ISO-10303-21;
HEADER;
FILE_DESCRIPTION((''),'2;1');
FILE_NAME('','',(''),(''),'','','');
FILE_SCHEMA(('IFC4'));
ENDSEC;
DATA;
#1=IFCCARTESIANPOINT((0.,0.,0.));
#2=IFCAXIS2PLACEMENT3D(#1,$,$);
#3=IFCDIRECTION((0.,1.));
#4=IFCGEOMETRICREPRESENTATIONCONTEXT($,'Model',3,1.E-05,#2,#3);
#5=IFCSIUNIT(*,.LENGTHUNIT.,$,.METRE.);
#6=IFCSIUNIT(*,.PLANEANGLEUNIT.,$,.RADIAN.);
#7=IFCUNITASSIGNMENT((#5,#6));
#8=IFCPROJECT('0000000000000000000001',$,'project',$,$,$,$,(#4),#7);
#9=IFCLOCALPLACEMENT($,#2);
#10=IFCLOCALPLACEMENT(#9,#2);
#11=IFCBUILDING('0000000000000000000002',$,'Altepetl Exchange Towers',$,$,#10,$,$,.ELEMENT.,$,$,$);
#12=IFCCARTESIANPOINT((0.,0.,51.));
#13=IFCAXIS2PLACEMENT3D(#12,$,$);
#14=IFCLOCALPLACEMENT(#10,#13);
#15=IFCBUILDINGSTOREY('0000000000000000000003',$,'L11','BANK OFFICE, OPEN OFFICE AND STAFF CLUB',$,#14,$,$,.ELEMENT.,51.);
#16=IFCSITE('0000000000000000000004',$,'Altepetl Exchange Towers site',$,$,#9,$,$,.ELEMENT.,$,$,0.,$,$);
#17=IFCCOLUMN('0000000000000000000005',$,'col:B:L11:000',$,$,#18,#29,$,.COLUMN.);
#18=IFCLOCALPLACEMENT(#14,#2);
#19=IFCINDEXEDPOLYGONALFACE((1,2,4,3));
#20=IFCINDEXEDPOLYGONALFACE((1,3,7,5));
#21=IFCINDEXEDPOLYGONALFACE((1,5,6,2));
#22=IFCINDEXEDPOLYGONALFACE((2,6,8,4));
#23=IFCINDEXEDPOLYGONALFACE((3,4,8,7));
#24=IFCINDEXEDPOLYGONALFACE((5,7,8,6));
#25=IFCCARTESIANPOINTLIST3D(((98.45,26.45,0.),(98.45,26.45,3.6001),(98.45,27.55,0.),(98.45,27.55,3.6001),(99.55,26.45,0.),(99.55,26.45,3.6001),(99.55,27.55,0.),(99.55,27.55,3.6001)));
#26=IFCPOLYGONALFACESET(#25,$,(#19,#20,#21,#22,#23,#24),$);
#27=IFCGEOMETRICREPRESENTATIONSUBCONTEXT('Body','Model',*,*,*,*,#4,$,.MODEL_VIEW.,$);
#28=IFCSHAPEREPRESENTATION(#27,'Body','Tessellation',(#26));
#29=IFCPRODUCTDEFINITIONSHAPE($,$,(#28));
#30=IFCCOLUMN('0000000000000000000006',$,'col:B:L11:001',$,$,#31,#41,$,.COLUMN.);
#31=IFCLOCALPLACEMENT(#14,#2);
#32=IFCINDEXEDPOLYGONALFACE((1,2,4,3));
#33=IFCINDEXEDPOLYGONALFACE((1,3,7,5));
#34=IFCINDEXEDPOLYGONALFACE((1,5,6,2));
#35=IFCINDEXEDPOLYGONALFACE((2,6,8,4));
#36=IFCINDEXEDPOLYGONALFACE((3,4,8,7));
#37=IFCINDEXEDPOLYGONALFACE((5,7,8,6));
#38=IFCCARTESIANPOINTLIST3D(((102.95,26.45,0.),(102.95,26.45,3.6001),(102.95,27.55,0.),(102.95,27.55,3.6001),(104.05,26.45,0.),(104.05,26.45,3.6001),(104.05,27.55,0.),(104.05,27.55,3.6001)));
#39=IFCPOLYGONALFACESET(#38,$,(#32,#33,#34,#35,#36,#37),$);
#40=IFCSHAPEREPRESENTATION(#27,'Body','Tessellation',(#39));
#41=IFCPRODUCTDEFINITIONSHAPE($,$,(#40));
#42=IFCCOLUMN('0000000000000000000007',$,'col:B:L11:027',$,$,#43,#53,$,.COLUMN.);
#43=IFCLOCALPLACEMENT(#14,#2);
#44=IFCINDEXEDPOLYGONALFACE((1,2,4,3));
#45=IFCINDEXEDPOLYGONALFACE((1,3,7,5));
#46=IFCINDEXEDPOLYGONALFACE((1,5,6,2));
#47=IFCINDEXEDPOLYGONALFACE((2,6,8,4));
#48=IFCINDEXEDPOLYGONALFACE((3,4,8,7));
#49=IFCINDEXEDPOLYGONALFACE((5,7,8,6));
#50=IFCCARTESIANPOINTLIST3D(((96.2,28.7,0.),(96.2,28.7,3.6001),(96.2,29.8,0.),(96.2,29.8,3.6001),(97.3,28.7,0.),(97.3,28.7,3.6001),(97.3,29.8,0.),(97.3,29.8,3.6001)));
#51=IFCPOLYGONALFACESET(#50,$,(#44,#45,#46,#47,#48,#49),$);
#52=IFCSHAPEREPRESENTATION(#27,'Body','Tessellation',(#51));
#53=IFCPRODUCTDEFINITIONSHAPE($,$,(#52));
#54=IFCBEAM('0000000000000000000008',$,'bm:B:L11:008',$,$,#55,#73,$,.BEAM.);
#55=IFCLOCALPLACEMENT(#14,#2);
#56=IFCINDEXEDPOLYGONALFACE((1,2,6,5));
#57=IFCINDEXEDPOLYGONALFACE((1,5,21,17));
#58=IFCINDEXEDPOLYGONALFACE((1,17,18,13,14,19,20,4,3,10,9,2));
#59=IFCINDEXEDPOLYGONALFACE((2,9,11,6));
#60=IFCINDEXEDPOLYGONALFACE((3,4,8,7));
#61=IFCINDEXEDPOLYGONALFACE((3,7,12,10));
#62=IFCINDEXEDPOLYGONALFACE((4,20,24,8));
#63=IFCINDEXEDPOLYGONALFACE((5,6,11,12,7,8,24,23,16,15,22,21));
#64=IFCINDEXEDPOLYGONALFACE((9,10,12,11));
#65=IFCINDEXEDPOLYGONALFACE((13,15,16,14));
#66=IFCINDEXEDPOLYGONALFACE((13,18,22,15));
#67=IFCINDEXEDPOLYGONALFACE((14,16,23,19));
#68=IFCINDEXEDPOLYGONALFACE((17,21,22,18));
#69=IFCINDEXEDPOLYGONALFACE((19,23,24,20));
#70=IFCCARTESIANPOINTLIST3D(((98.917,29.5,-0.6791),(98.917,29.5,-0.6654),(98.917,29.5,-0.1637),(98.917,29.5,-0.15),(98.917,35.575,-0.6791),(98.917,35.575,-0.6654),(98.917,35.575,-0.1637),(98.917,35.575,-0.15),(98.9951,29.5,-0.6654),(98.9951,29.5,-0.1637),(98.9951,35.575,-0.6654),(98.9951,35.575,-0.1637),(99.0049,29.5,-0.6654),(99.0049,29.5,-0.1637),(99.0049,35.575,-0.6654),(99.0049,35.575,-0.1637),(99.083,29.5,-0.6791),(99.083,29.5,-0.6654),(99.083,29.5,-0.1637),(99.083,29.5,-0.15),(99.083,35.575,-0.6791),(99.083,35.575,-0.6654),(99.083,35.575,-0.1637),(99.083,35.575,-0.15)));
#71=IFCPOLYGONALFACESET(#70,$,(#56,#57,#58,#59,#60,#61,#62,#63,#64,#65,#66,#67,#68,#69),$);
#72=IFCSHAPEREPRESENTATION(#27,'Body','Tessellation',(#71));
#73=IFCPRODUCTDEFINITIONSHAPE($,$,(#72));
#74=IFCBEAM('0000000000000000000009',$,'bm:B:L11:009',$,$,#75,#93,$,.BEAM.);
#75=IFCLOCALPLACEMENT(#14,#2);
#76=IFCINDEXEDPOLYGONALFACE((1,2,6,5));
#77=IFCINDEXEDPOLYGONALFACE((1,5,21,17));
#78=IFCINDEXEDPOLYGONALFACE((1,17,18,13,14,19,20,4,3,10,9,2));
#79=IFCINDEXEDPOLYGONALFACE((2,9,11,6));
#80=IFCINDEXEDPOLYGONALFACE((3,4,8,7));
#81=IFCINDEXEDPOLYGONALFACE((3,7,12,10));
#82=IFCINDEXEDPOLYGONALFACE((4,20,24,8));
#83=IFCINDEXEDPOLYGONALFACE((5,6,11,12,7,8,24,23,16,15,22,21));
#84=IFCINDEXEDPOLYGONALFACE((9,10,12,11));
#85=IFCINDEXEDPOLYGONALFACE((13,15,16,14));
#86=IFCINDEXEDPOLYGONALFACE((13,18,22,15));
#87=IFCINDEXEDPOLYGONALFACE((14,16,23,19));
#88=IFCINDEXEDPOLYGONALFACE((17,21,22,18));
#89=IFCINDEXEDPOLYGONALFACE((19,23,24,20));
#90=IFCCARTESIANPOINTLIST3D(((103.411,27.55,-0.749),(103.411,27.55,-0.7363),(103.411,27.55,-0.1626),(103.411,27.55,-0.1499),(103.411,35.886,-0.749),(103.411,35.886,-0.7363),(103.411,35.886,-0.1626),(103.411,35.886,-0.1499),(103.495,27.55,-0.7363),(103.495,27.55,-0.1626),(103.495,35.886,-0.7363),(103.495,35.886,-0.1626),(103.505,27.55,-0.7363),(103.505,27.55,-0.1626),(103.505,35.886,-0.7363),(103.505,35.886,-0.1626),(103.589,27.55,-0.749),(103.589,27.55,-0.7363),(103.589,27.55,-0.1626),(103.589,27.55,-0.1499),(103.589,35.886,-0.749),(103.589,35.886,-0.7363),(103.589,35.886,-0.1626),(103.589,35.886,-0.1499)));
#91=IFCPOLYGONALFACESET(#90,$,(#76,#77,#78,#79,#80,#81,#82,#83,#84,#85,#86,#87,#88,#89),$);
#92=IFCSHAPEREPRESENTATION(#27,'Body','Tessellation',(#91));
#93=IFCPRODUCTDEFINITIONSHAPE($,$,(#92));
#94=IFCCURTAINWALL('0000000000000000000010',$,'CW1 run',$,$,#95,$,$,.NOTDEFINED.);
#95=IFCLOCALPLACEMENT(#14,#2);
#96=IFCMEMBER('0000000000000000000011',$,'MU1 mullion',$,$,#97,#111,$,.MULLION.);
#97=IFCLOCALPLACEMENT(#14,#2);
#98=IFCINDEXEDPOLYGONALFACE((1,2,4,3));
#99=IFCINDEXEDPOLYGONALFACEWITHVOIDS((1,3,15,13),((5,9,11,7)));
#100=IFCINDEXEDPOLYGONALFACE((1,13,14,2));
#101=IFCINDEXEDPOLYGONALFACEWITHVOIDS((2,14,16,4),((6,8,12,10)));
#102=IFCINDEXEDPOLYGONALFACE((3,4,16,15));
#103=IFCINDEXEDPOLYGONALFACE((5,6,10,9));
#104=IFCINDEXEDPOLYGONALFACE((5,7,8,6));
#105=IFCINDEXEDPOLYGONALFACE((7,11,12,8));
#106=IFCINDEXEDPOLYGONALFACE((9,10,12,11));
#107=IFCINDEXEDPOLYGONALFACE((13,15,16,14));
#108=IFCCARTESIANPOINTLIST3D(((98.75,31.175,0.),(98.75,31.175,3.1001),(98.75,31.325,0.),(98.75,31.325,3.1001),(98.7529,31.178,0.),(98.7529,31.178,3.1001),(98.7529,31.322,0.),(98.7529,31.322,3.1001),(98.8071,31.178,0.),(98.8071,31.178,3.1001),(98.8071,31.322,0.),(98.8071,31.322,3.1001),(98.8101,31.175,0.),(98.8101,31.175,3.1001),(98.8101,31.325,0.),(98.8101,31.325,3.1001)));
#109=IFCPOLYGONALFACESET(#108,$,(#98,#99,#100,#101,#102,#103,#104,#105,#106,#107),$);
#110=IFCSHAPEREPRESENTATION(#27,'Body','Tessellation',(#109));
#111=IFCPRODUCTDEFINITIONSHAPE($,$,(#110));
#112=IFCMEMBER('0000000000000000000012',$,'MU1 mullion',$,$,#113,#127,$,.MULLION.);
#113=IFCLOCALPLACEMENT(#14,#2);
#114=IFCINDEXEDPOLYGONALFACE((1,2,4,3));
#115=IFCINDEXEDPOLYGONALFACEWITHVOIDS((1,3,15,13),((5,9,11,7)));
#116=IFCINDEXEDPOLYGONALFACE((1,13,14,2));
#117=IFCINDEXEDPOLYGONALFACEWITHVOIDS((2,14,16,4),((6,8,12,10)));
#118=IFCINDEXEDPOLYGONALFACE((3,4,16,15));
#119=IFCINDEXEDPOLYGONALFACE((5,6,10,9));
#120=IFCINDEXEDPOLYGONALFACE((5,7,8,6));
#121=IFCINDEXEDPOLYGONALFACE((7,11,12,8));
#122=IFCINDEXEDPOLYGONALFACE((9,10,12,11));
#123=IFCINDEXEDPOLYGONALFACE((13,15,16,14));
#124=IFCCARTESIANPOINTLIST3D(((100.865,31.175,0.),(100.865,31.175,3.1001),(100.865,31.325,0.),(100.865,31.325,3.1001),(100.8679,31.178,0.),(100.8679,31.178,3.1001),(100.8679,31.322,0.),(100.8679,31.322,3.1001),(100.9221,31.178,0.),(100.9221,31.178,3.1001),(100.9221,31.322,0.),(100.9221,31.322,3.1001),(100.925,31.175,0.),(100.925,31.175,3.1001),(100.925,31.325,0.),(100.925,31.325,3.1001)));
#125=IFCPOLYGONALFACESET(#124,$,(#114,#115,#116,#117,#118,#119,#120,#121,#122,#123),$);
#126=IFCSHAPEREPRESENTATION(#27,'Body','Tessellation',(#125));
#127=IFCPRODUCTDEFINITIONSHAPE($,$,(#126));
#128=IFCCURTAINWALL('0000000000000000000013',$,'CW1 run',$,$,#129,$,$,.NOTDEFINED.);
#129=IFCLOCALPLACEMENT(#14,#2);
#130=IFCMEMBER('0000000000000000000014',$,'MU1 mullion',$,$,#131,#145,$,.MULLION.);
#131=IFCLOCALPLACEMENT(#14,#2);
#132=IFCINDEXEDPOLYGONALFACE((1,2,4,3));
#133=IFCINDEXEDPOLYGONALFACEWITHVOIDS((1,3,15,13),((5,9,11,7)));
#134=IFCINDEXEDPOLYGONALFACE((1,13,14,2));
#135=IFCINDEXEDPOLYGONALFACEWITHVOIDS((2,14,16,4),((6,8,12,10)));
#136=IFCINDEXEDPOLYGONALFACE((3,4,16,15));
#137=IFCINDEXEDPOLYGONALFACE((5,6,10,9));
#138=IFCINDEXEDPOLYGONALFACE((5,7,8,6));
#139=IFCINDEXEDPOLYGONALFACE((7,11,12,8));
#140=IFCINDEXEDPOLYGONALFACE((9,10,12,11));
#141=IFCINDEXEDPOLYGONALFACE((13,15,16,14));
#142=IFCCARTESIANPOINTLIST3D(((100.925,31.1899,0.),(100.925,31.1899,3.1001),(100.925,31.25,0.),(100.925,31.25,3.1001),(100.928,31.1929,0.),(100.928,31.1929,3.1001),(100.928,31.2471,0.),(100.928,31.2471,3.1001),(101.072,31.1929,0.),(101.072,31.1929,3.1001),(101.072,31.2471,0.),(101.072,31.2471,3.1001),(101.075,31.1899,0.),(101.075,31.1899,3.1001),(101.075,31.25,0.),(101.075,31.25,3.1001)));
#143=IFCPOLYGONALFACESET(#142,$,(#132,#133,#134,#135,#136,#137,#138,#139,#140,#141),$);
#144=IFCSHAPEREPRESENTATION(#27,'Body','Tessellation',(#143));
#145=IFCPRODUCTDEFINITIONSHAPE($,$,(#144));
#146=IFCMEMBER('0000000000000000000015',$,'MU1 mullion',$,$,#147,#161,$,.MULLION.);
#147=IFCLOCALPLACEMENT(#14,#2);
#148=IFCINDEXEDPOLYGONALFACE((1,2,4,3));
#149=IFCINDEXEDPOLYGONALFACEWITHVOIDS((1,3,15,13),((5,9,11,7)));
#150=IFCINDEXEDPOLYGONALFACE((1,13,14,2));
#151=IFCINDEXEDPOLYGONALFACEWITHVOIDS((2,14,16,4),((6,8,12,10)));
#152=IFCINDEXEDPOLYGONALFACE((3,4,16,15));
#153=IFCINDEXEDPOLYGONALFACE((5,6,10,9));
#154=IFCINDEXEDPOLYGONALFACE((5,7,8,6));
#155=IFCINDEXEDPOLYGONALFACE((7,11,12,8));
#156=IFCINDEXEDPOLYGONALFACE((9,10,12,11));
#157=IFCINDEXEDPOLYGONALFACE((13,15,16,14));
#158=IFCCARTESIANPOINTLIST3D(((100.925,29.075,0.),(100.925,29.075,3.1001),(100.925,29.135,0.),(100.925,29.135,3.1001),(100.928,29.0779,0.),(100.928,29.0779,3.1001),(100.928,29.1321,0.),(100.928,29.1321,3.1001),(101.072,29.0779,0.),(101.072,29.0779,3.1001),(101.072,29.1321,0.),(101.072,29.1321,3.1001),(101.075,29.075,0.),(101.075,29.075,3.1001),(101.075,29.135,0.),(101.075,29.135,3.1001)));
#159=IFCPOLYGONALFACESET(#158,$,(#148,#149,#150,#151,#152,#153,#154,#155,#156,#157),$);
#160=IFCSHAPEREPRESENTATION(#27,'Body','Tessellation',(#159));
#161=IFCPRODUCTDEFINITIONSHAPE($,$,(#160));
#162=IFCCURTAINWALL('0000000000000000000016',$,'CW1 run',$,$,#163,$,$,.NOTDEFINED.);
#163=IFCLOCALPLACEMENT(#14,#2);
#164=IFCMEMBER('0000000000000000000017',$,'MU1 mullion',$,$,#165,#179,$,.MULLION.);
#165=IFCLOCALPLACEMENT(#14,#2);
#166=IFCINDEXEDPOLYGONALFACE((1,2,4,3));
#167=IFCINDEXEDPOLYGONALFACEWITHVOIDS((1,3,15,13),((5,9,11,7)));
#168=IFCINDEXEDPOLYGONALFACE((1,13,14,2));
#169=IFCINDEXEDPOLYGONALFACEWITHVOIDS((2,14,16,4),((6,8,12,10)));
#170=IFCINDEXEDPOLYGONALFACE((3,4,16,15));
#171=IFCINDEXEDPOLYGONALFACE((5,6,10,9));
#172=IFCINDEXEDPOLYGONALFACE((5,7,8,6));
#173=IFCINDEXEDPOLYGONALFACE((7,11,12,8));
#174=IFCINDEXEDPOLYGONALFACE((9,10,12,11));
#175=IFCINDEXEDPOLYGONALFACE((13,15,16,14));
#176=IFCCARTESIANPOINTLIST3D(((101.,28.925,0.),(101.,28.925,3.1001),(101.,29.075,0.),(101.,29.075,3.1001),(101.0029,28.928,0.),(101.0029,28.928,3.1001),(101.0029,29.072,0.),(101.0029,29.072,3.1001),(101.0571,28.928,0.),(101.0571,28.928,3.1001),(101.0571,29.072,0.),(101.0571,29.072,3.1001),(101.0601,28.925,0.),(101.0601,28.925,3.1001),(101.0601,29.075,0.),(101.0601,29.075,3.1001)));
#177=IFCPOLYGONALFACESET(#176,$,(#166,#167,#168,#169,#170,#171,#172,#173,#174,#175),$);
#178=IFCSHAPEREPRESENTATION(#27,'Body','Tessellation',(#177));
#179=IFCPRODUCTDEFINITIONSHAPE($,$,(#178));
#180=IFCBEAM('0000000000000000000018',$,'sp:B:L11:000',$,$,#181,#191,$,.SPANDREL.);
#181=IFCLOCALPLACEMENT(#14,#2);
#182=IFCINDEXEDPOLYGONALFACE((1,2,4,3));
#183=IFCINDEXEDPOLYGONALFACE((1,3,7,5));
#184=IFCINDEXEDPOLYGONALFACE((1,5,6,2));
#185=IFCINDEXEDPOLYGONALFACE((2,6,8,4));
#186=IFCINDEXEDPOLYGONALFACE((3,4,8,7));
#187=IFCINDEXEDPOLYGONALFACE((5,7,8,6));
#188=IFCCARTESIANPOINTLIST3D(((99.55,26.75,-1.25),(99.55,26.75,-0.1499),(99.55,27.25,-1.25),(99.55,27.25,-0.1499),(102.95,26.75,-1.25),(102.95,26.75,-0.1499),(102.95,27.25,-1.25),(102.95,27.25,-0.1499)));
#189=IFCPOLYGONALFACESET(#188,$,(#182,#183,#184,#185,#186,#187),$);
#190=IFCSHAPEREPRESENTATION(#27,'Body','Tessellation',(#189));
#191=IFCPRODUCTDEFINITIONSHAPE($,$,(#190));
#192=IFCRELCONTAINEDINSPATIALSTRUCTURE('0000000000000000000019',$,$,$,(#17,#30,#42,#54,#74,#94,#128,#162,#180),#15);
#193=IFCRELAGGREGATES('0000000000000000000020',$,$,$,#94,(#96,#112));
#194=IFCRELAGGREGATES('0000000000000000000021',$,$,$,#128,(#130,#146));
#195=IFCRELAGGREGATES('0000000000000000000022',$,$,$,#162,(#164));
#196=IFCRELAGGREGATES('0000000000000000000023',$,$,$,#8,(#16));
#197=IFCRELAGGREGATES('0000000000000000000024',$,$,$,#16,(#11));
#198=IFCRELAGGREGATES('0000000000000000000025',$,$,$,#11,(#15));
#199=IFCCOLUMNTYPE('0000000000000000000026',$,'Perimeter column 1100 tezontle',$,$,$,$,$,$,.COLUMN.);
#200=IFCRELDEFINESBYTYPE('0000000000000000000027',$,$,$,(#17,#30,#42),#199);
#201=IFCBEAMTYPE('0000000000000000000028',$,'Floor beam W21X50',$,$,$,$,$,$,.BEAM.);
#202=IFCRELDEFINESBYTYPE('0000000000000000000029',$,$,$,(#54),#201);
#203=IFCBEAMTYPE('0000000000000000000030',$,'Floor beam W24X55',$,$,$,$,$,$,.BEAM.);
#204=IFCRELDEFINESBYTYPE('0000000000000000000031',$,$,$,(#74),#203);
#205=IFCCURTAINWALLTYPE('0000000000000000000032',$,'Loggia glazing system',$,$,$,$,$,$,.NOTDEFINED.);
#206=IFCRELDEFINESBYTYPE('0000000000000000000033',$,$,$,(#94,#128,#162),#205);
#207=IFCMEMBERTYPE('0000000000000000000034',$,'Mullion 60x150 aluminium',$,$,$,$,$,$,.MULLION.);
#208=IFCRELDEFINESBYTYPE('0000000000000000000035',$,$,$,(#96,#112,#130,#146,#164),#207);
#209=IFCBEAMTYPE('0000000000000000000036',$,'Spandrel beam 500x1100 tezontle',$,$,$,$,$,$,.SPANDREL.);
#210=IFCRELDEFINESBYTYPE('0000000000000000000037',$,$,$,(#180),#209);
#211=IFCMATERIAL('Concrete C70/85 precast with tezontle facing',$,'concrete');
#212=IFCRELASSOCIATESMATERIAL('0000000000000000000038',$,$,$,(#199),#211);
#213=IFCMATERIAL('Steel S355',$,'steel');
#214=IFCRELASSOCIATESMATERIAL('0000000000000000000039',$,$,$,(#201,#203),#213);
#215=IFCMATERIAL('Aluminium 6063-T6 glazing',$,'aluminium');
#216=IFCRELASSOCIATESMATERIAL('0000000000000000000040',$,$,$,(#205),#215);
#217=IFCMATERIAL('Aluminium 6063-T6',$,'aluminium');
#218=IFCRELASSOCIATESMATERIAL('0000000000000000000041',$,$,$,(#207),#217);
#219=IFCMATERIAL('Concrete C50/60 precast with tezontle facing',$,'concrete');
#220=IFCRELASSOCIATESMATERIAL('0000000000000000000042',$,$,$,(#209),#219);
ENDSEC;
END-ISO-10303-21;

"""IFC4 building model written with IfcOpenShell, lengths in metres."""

from ifc_helpers import new_model, si_unit, direction, frame, origin, origin_2d, place, context, subcontext, project, spatial, rectangle, hollow_rectangle, i_section, extrude, material, material_profile, profile_set, type_object, element, aggregate, save


model = new_model("IFC4")

# Units and contexts
model_context = context("Model", 3, precision=1e-05, world=origin(), true_north=direction((0.0, 1.0)))
body_context = subcontext(model_context, "Body", "Model", "MODEL_VIEW")
ifc_project = project(units=[si_unit("LENGTHUNIT", "METRE"), si_unit("PLANEANGLEUNIT", "RADIAN")], contexts=[model_context])

# Site, building, storey
site_placement = place(None, origin())
site = spatial("IfcSite", under=ifc_project, at=site_placement, Name="Altepetl Exchange Towers site", CompositionType="ELEMENT", RefElevation=0.0)
building_placement = place(site_placement, origin())
building = spatial("IfcBuilding", under=site, at=building_placement, Name="Altepetl Exchange Towers", CompositionType="ELEMENT")
storey_placement = place(building_placement, frame((0.0, 0.0, 51.0)))
storey = spatial("IfcBuildingStorey", under=building, at=storey_placement, Name="L11", Description="BANK OFFICE, OPEN OFFICE AND STAFF CLUB", CompositionType="ELEMENT", Elevation=51.0)

# Columns
ifc_material_1 = material(Name="Concrete C70/85 precast with tezontle facing", Category="concrete")
ifc_material_profile_1 = material_profile(ifc_material_1, rectangle(XDim=1.1001, YDim=1.1001, at=origin_2d()), Name="1100 x 1100")
ifc_profile_set_1 = profile_set([ifc_material_profile_1], Name="Concrete C70/85 precast with tezontle facing")
column_type = type_object("IfcColumnType", Name="Perimeter column 1100 tezontle", PredefinedType="COLUMN", material=ifc_profile_set_1)
for number, where, name in (
    (1, (99.0, 27.0, 0.0), "col:B:L11:000"),
    (2, (103.5, 27.0, 0.0), "col:B:L11:001"),
    (3, (96.75, 29.25, 0.0), "col:B:L11:027"),
):
    element("IfcColumn", number, at=place(storey_placement, frame(where)), inside=storey, type_object=column_type, Name=name, PredefinedType="COLUMN", context=body_context, shape_type="SweptSolid", body=[
        extrude(rectangle(XDim=1.1001, YDim=1.1001, at=origin_2d()), origin(), (0.0, 0.0, 1.0), 3.6001),
    ])

# Beams
ifc_material_2 = material(Name="Steel S355", Category="steel")
ifc_material_profile_2 = material_profile(ifc_material_2, i_section(OverallWidth=0.166, OverallDepth=0.5291, WebThickness=0.0098, FlangeThickness=0.0137, at=origin_2d()), Name="W21X50")
ifc_profile_set_2 = profile_set([ifc_material_profile_2], Name="Steel S355")
beam_type_1 = type_object("IfcBeamType", Name="Floor beam W21X50", PredefinedType="BEAM", material=ifc_profile_set_2)
beam_1_placement = place(storey_placement, frame((99.0, 29.5, -0.4146), z_axis=(0.0, 1.0, 0.0), x_axis=(-1.0, 0.0, 0.0)))
element("IfcBeam", 4, at=beam_1_placement, inside=storey, type_object=beam_type_1, Name="bm:B:L11:008", PredefinedType="BEAM", context=body_context, shape_type="SweptSolid", body=[
    extrude(i_section(OverallWidth=0.166, OverallDepth=0.5291, WebThickness=0.0098, FlangeThickness=0.0137, at=origin_2d()), origin(), (0.0, 0.0, 1.0), 6.075),
])
ifc_material_profile_3 = material_profile(ifc_material_2, i_section(OverallWidth=0.178, OverallDepth=0.5991, WebThickness=0.01, FlangeThickness=0.0127, at=origin_2d()), Name="W24X55")
ifc_profile_set_3 = profile_set([ifc_material_profile_3], Name="Steel S355")
beam_type_2 = type_object("IfcBeamType", Name="Floor beam W24X55", PredefinedType="BEAM", material=ifc_profile_set_3)
beam_2_placement = place(storey_placement, frame((103.5, 27.55, -0.4495), z_axis=(0.0, 1.0, 0.0), x_axis=(-1.0, 0.0, 0.0)))
element("IfcBeam", 5, at=beam_2_placement, inside=storey, type_object=beam_type_2, Name="bm:B:L11:009", PredefinedType="BEAM", context=body_context, shape_type="SweptSolid", body=[
    extrude(i_section(OverallWidth=0.178, OverallDepth=0.5991, WebThickness=0.01, FlangeThickness=0.0127, at=origin_2d()), origin(), (0.0, 0.0, 1.0), 8.3359),
])

# Curtain walls, members
ifc_material_3 = material(Name="Aluminium 6063-T6 glazing", Category="aluminium")
curtain_wall_type = type_object("IfcCurtainWallType", Name="Loggia glazing system", PredefinedType="NOTDEFINED", material=ifc_material_3)
curtain_wall_1_placement = place(storey_placement, origin())
curtain_wall_1 = element("IfcCurtainWall", 6, at=curtain_wall_1_placement, inside=storey, type_object=curtain_wall_type, Name="CW1 run", PredefinedType="NOTDEFINED")
ifc_material_4 = material(Name="Aluminium 6063-T6", Category="aluminium")
ifc_material_profile_4 = material_profile(ifc_material_4, hollow_rectangle(XDim=0.0601, YDim=0.1499, WallThickness=0.0029, at=origin_2d()), Name="Mullion 60x150 aluminium")
ifc_profile_set_4 = profile_set([ifc_material_profile_4], Name="Aluminium 6063-T6")
member_type = type_object("IfcMemberType", Name="Mullion 60x150 aluminium", PredefinedType="MULLION", material=ifc_profile_set_4)
member_1_placement = place(storey_placement, frame((98.78, 31.25, 0.0)))
member_1 = element("IfcMember", 7, at=member_1_placement, type_object=member_type, Name="MU1 mullion", PredefinedType="MULLION", context=body_context, shape_type="SweptSolid", body=[
    extrude(hollow_rectangle(XDim=0.0601, YDim=0.1499, WallThickness=0.0029, at=origin_2d()), origin(), (0.0, 0.0, 1.0), 3.1001),
])
member_2_placement = place(storey_placement, frame((100.895, 31.25, 0.0)))
member_2 = element("IfcMember", 8, at=member_2_placement, type_object=member_type, Name="MU1 mullion", PredefinedType="MULLION", context=body_context, shape_type="SweptSolid", body=[
    extrude(hollow_rectangle(XDim=0.0601, YDim=0.1499, WallThickness=0.0029, at=origin_2d()), origin(), (0.0, 0.0, 1.0), 3.1001),
])
curtain_wall_2_placement = place(storey_placement, origin())
curtain_wall_2 = element("IfcCurtainWall", 9, at=curtain_wall_2_placement, inside=storey, type_object=curtain_wall_type, Name="CW1 run", PredefinedType="NOTDEFINED")
member_3_placement = place(storey_placement, frame((101.0, 31.22, 0.0), z_axis=(0.0, 0.0, 1.0), x_axis=(0.0, -1.0, 0.0)))
member_3 = element("IfcMember", 10, at=member_3_placement, type_object=member_type, Name="MU1 mullion", PredefinedType="MULLION", context=body_context, shape_type="SweptSolid", body=[
    extrude(hollow_rectangle(XDim=0.0601, YDim=0.1499, WallThickness=0.0029, at=origin_2d()), origin(), (0.0, 0.0, 1.0), 3.1001),
])
member_4_placement = place(storey_placement, frame((101.0, 29.105, 0.0), z_axis=(0.0, 0.0, 1.0), x_axis=(0.0, -1.0, 0.0)))
member_4 = element("IfcMember", 11, at=member_4_placement, type_object=member_type, Name="MU1 mullion", PredefinedType="MULLION", context=body_context, shape_type="SweptSolid", body=[
    extrude(hollow_rectangle(XDim=0.0601, YDim=0.1499, WallThickness=0.0029, at=origin_2d()), origin(), (0.0, 0.0, 1.0), 3.1001),
])

# Curtain wall, member
curtain_wall_3_placement = place(storey_placement, origin())
curtain_wall_3 = element("IfcCurtainWall", 12, at=curtain_wall_3_placement, inside=storey, type_object=curtain_wall_type, Name="CW1 run", PredefinedType="NOTDEFINED")
member_5_placement = place(storey_placement, frame((101.03, 29.0, 0.0)))
member_5 = element("IfcMember", 13, at=member_5_placement, type_object=member_type, Name="MU1 mullion", PredefinedType="MULLION", context=body_context, shape_type="SweptSolid", body=[
    extrude(hollow_rectangle(XDim=0.0601, YDim=0.1499, WallThickness=0.0029, at=origin_2d()), origin(), (0.0, 0.0, 1.0), 3.1001),
])

# Beam
ifc_material_5 = material(Name="Concrete C50/60 precast with tezontle facing", Category="concrete")
ifc_material_profile_5 = material_profile(ifc_material_5, rectangle(XDim=0.5, YDim=1.1001, at=origin_2d()), Name="500 x 1100")
ifc_profile_set_5 = profile_set([ifc_material_profile_5], Name="Concrete C50/60 precast with tezontle facing")
beam_type_3 = type_object("IfcBeamType", Name="Spandrel beam 500x1100 tezontle", PredefinedType="SPANDREL", material=ifc_profile_set_5)
beam_3_placement = place(storey_placement, frame((99.55, 27.0, -0.7), z_axis=(1.0, 0.0, 0.0), x_axis=(0.0, 1.0, 0.0)))
element("IfcBeam", 14, at=beam_3_placement, inside=storey, type_object=beam_type_3, Name="sp:B:L11:000", PredefinedType="SPANDREL", context=body_context, shape_type="SweptSolid", body=[
    extrude(rectangle(XDim=0.5, YDim=1.1001, at=origin_2d()), origin(), (0.0, 0.0, 1.0), 3.3999),
])

aggregate(curtain_wall_1, [member_1, member_2])
aggregate(curtain_wall_2, [member_3, member_4])
aggregate(curtain_wall_3, [member_5])

save(model, "model.ifc")
